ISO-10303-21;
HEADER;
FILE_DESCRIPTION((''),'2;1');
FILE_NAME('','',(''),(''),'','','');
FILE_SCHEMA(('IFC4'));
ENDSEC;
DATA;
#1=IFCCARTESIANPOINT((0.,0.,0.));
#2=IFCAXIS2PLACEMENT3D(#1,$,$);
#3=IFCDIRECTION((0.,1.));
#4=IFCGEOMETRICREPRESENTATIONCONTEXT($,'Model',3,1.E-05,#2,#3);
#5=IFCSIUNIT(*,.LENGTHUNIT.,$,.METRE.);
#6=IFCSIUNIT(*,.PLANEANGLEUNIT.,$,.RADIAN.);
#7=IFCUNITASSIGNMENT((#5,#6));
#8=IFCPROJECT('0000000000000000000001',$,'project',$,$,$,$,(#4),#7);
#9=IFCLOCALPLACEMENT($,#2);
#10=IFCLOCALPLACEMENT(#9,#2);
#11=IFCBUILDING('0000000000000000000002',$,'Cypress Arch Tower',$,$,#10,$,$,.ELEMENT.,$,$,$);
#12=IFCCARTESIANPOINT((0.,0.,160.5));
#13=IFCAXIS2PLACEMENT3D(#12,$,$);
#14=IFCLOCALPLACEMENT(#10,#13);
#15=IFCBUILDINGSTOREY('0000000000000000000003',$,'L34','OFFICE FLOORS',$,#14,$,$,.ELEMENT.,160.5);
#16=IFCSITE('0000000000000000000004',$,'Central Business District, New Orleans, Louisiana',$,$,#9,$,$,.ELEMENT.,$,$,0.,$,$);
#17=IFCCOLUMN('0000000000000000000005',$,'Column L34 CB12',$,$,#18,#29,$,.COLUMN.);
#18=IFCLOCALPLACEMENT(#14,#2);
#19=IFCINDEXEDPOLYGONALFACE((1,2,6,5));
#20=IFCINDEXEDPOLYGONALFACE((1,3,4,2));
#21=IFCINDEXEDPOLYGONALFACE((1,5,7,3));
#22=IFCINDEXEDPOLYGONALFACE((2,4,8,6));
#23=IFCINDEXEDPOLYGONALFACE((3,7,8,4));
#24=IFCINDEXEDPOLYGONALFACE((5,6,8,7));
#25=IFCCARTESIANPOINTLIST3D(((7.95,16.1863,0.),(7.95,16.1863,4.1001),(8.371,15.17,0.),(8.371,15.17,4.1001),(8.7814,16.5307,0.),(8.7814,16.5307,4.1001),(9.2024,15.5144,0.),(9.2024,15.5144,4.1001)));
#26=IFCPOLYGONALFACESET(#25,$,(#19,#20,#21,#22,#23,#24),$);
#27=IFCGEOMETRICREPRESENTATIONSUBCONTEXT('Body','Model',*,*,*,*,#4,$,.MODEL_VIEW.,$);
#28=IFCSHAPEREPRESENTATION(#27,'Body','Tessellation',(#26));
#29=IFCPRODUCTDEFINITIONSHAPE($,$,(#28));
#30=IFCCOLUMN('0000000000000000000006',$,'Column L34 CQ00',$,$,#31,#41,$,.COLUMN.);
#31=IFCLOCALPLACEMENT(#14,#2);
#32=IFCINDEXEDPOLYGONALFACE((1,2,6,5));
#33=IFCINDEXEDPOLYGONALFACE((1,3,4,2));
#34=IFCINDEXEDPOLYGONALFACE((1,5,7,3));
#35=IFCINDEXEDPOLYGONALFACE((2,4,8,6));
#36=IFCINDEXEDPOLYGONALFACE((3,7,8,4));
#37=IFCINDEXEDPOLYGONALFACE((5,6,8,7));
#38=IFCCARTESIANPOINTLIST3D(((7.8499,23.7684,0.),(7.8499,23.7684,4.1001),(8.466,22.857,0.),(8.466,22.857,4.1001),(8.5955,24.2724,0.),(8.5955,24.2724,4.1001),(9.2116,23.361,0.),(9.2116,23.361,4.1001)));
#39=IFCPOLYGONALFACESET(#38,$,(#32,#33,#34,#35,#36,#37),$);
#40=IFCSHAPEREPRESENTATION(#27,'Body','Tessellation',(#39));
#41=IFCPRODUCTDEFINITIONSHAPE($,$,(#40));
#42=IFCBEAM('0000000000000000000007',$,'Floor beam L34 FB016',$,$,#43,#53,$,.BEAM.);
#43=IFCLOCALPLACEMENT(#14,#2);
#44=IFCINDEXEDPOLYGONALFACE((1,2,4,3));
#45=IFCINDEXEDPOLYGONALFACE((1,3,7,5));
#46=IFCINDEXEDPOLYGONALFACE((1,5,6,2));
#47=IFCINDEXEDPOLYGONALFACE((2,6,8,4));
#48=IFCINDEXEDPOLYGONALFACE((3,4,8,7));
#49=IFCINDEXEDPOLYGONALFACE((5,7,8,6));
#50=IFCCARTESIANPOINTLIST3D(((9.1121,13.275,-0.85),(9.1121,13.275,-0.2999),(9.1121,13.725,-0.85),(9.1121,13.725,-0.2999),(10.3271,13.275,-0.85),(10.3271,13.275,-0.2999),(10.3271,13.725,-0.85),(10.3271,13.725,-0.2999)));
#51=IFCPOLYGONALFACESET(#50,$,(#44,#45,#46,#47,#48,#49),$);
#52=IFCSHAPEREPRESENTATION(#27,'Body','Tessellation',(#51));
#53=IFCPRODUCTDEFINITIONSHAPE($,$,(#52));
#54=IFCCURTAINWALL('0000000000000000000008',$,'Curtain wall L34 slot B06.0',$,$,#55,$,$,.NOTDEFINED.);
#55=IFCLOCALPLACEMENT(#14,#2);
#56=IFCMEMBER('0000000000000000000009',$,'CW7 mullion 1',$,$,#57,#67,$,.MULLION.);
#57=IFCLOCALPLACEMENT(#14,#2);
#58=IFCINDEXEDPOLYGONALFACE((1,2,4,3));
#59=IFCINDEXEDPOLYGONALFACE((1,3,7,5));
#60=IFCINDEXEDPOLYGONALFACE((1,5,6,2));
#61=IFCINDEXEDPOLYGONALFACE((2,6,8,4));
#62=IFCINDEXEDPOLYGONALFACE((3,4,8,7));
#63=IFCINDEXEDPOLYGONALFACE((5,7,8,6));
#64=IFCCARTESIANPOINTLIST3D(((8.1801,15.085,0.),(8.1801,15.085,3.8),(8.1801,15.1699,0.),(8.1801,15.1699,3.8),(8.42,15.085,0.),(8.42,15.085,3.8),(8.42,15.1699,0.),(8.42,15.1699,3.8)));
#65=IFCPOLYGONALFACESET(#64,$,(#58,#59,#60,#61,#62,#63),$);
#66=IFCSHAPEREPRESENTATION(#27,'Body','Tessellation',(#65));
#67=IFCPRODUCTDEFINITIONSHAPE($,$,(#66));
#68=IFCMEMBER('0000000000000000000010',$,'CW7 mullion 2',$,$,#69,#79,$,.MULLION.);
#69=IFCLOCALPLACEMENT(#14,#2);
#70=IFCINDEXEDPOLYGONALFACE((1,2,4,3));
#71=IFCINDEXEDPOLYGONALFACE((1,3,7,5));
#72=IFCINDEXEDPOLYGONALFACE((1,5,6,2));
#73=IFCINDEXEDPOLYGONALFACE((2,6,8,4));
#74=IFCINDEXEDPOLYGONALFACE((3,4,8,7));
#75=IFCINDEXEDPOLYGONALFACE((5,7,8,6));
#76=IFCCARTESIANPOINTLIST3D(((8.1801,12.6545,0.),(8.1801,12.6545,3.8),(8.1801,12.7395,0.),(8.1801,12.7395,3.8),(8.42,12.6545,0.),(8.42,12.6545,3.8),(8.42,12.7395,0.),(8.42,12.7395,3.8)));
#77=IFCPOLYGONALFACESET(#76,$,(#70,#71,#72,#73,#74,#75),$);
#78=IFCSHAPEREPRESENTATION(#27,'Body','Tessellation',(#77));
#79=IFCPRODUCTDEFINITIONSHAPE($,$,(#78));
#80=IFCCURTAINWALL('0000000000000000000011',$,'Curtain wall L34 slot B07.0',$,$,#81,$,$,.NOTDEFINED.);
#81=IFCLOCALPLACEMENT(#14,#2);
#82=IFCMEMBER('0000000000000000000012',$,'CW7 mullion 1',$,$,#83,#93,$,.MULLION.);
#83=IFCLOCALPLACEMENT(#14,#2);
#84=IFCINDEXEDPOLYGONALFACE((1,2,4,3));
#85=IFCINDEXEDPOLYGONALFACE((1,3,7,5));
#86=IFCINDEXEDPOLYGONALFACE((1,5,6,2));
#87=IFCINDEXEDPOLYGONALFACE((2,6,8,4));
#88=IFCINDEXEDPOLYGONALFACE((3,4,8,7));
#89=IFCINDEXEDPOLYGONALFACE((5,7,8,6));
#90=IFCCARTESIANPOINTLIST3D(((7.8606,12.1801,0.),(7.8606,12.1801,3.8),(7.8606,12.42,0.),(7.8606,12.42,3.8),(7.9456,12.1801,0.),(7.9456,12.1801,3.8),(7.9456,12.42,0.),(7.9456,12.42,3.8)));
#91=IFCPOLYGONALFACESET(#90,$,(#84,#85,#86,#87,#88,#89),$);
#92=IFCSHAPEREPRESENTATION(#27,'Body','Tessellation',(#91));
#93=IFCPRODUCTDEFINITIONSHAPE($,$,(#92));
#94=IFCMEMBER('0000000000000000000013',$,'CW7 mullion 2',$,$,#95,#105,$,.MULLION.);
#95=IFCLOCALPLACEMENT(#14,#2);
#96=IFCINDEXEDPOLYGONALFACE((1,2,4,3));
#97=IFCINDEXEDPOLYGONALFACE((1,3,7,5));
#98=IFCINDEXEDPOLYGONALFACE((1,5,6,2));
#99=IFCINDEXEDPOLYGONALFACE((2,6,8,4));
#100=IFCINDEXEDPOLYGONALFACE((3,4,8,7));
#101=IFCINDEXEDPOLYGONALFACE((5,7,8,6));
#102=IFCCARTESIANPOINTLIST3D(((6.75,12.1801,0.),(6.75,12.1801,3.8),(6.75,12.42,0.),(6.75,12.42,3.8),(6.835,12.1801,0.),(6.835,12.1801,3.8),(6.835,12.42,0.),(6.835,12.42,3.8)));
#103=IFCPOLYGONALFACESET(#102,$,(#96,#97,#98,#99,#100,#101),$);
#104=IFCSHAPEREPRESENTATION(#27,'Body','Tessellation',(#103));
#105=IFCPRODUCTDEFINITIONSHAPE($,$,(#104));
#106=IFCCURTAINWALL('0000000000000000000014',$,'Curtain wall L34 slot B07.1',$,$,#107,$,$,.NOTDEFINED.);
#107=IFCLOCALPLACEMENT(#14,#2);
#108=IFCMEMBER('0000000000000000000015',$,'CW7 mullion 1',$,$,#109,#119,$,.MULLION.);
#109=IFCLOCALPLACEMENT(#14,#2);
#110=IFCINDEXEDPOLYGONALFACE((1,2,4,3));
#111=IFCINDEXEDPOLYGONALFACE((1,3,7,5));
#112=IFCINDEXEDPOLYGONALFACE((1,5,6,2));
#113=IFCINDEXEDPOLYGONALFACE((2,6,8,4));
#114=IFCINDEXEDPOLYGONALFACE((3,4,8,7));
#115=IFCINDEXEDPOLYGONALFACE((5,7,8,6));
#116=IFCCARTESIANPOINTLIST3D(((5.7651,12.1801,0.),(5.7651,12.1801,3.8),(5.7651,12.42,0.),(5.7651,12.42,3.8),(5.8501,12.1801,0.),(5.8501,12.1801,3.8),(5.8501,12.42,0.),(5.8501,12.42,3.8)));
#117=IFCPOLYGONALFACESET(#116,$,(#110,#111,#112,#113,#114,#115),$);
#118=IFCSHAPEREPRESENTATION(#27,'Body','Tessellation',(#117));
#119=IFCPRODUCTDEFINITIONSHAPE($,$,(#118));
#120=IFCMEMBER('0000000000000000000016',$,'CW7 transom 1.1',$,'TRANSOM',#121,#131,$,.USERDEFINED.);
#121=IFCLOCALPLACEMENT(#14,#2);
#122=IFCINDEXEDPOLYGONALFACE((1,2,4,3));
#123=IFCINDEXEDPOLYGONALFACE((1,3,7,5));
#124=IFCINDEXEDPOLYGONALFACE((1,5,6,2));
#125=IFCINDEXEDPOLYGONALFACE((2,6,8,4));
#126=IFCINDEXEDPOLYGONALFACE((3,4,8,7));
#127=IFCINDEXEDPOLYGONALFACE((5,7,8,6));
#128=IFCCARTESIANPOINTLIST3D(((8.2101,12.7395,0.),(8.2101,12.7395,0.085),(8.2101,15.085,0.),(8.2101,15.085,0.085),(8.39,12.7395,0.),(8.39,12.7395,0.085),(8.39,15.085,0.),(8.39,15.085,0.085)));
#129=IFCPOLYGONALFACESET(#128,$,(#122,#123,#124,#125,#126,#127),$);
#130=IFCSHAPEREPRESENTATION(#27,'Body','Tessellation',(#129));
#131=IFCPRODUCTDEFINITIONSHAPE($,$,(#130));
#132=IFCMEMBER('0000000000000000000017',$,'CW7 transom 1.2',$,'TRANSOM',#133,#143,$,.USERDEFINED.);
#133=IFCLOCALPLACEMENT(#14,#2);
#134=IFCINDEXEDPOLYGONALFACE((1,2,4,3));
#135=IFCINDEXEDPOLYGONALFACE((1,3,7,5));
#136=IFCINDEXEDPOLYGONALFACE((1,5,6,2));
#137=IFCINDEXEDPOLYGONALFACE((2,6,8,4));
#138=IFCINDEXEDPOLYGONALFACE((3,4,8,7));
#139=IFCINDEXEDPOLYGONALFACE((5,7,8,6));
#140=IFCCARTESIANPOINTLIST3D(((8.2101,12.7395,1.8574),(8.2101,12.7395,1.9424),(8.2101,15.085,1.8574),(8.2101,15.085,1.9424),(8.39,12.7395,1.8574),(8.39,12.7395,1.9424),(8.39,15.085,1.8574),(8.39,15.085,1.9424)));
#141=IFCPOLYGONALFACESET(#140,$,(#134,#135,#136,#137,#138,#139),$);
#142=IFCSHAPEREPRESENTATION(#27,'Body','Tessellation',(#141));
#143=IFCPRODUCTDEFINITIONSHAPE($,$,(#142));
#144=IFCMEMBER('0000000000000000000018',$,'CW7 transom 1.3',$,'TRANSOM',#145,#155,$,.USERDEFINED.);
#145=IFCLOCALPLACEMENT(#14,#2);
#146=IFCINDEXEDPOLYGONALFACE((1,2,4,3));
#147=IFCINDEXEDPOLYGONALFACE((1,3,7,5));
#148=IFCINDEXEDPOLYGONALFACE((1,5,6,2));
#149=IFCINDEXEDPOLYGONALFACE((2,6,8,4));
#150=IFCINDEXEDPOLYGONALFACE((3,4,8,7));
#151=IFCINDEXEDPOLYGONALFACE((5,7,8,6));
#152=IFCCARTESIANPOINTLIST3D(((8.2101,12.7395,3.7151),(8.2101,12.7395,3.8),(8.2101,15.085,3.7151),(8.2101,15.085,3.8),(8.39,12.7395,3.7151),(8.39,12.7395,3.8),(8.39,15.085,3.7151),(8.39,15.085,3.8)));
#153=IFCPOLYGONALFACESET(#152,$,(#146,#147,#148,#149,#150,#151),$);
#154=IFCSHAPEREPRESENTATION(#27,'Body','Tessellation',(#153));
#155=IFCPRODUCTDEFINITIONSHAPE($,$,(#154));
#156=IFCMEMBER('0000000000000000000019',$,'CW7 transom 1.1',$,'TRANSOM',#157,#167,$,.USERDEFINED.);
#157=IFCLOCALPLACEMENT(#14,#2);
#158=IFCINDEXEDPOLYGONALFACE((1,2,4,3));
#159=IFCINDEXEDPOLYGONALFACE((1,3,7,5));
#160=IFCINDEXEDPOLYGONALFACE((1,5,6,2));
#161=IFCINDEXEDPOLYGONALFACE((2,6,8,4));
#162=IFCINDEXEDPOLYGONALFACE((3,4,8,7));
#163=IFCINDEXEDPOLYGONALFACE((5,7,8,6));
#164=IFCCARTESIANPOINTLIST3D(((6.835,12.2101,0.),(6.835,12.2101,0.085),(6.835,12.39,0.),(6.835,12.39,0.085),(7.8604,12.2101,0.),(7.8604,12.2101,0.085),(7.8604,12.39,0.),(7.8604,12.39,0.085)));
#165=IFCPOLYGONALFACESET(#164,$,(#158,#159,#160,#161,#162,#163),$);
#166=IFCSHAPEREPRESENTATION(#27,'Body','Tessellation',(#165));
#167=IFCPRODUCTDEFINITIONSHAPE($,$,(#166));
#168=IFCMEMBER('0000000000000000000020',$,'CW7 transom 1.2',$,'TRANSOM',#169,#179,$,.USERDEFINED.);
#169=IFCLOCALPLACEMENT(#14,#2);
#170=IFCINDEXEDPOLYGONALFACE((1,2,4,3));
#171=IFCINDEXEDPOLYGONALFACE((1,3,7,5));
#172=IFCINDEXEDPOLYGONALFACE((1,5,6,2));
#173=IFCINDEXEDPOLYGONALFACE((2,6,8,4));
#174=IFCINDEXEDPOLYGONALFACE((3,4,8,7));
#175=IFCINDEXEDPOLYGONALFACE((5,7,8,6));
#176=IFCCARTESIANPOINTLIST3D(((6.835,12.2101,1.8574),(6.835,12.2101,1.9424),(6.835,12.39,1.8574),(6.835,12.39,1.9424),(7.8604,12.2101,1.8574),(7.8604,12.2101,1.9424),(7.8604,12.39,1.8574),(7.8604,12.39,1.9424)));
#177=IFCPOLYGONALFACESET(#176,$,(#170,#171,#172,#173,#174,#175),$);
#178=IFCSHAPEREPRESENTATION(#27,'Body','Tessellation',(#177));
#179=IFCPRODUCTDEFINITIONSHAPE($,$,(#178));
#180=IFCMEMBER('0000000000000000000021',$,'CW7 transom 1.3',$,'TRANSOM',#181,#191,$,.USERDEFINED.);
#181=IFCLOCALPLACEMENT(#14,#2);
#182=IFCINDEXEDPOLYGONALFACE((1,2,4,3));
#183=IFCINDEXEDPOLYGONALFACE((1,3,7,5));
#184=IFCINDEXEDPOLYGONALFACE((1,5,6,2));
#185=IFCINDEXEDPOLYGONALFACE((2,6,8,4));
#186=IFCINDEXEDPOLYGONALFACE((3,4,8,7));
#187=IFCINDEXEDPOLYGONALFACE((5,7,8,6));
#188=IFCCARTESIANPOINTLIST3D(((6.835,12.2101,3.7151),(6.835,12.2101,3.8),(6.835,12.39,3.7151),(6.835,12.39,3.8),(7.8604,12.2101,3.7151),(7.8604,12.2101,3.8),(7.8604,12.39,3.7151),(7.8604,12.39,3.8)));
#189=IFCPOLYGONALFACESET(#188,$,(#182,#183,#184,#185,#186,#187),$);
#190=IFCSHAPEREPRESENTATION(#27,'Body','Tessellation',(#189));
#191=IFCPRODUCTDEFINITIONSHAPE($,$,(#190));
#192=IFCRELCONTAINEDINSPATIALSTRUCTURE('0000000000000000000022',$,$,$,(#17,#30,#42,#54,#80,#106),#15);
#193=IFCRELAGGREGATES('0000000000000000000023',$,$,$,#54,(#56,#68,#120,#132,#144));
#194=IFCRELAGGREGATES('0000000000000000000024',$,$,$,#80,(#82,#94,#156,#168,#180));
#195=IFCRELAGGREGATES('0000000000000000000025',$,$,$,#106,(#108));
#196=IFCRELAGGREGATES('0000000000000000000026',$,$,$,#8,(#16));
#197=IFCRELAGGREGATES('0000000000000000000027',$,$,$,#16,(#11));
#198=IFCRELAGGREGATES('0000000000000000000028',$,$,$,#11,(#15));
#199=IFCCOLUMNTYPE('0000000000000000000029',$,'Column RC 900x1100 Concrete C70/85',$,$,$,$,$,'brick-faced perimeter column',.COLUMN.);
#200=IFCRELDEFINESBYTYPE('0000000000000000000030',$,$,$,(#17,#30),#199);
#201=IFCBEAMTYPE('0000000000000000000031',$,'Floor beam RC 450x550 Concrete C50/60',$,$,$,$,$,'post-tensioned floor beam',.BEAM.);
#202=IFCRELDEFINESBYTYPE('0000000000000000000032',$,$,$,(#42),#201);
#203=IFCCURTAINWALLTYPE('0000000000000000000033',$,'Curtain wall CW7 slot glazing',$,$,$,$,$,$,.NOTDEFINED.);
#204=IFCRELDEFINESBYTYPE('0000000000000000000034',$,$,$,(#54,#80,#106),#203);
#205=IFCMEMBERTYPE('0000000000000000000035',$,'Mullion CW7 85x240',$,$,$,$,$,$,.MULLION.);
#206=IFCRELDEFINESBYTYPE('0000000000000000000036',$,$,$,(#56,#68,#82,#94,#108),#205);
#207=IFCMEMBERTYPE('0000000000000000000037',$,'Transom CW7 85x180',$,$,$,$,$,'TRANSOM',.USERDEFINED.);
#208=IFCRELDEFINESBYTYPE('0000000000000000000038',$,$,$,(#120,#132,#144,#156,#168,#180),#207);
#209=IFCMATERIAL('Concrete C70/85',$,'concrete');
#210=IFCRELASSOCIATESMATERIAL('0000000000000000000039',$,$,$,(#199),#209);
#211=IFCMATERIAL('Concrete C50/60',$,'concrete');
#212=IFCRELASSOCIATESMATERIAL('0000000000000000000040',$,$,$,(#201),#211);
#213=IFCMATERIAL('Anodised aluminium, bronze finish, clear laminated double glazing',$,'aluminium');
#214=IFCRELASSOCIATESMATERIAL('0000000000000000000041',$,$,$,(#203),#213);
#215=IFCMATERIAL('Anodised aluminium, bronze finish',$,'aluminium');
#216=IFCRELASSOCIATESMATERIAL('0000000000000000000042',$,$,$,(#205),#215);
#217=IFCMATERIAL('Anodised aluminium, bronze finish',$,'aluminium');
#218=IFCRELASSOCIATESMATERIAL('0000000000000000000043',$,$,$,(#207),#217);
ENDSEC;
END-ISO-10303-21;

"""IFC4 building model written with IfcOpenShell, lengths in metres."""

from ifc_helpers import new_model, si_unit, direction, frame, origin, origin_2d, place, context, subcontext, project, spatial, rectangle, extrude, material, material_profile, profile_set, type_object, element, aggregate, save


model = new_model("IFC4")

# Units and contexts
model_context = context("Model", 3, precision=1e-05, world=origin(), true_north=direction((0.0, 1.0)))
body_context = subcontext(model_context, "Body", "Model", "MODEL_VIEW")
ifc_project = project(units=[si_unit("LENGTHUNIT", "METRE"), si_unit("PLANEANGLEUNIT", "RADIAN")], contexts=[model_context])

# Site, building, storey
site_placement = place(None, origin())
site = spatial("IfcSite", under=ifc_project, at=site_placement, Name="Central Business District, New Orleans, Louisiana", CompositionType="ELEMENT", RefElevation=0.0)
building_placement = place(site_placement, origin())
building = spatial("IfcBuilding", under=site, at=building_placement, Name="Cypress Arch Tower", CompositionType="ELEMENT")
storey_placement = place(building_placement, frame((0.0, 0.0, 160.5)))
storey = spatial("IfcBuildingStorey", under=building, at=storey_placement, Name="L34", Description="OFFICE FLOORS", CompositionType="ELEMENT", Elevation=160.5)

# Columns
ifc_material_1 = material(Name="Concrete C70/85", Category="concrete")
ifc_material_profile_1 = material_profile(ifc_material_1, rectangle(XDim=0.8999, YDim=1.1001, at=origin_2d()), Name="RC 900x1100")
ifc_profile_set_1 = profile_set([ifc_material_profile_1], Name="Concrete C70/85")
column_type = type_object("IfcColumnType", Name="Column RC 900x1100 Concrete C70/85", ElementType="brick-faced perimeter column", PredefinedType="COLUMN", material=ifc_profile_set_1)
for number, where, z_axis, x_axis, name in (
    (1, (8.5762, 15.8503, 0.0), (0.0, 0.0, 1.0), (-0.92388, -0.382683, 0.0), "Column L34 CB12"),
    (2, (8.5308, 23.5647, 0.0), (0.0, 0.0, 1.0), (-0.82847, -0.560034, 0.0), "Column L34 CQ00"),
):
    element("IfcColumn", number, at=place(storey_placement, frame(where, z_axis=z_axis, x_axis=x_axis)), inside=storey, type_object=column_type, Name=name, PredefinedType="COLUMN", context=body_context, shape_type="SweptSolid", body=[
        extrude(rectangle(XDim=0.8999, YDim=1.1001, at=origin_2d()), origin(), (0.0, 0.0, 1.0), 4.1001),
    ])

# Beam
ifc_material_2 = material(Name="Concrete C50/60", Category="concrete")
ifc_material_profile_2 = material_profile(ifc_material_2, rectangle(XDim=0.45, YDim=0.55, at=origin_2d()), Name="RC 450x550")
ifc_profile_set_2 = profile_set([ifc_material_profile_2], Name="Concrete C50/60")
beam_type = type_object("IfcBeamType", Name="Floor beam RC 450x550 Concrete C50/60", ElementType="post-tensioned floor beam", PredefinedType="BEAM", material=ifc_profile_set_2)
beam_placement = place(storey_placement, frame((9.1121, 13.5, -0.575), z_axis=(1.0, 0.0, 0.0), x_axis=(0.0, 1.0, 0.0)))
element("IfcBeam", 3, at=beam_placement, inside=storey, type_object=beam_type, Name="Floor beam L34 FB016", PredefinedType="BEAM", context=body_context, shape_type="SweptSolid", body=[
    extrude(rectangle(XDim=0.45, YDim=0.55, at=origin_2d()), origin(), (0.0, 0.0, 1.0), 1.2151),
])

# Curtain walls, members
ifc_material_3 = material(Name="Anodised aluminium, bronze finish, clear laminated double glazing", Category="aluminium")
curtain_wall_type = type_object("IfcCurtainWallType", Name="Curtain wall CW7 slot glazing", PredefinedType="NOTDEFINED", material=ifc_material_3)
curtain_wall_1_placement = place(storey_placement, origin())
curtain_wall_1 = element("IfcCurtainWall", 4, at=curtain_wall_1_placement, inside=storey, type_object=curtain_wall_type, Name="Curtain wall L34 slot B06.0", PredefinedType="NOTDEFINED")
ifc_material_4 = material(Name="Anodised aluminium, bronze finish", Category="aluminium")
ifc_material_profile_3 = material_profile(ifc_material_4, rectangle(XDim=0.24, YDim=0.085, at=origin_2d()), Name="Mullion 85x240")
ifc_profile_set_3 = profile_set([ifc_material_profile_3], Name="Anodised aluminium, bronze finish")
member_type_1 = type_object("IfcMemberType", Name="Mullion CW7 85x240", PredefinedType="MULLION", material=ifc_profile_set_3)
member_1_placement = place(storey_placement, frame((8.3, 15.1274, 0.0), z_axis=(0.0, 0.0, 1.0), x_axis=(1.0, 0.0, 0.0)))
member_1 = element("IfcMember", 5, at=member_1_placement, type_object=member_type_1, Name="CW7 mullion 1", PredefinedType="MULLION", context=body_context, shape_type="SweptSolid", body=[
    extrude(rectangle(XDim=0.24, YDim=0.085, at=origin_2d()), origin(), (0.0, 0.0, 1.0), 3.8),
])
member_2_placement = place(storey_placement, frame((8.3, 12.697, 0.0), z_axis=(0.0, 0.0, 1.0), x_axis=(1.0, 0.0, 0.0)))
member_2 = element("IfcMember", 6, at=member_2_placement, type_object=member_type_1, Name="CW7 mullion 2", PredefinedType="MULLION", context=body_context, shape_type="SweptSolid", body=[
    extrude(rectangle(XDim=0.24, YDim=0.085, at=origin_2d()), origin(), (0.0, 0.0, 1.0), 3.8),
])
curtain_wall_2_placement = place(storey_placement, origin())
curtain_wall_2 = element("IfcCurtainWall", 7, at=curtain_wall_2_placement, inside=storey, type_object=curtain_wall_type, Name="Curtain wall L34 slot B07.0", PredefinedType="NOTDEFINED")
member_3_placement = place(storey_placement, frame((7.9031, 12.3, 0.0), z_axis=(0.0, 0.0, 1.0), x_axis=(0.0, -1.0, 0.0)))
member_3 = element("IfcMember", 8, at=member_3_placement, type_object=member_type_1, Name="CW7 mullion 1", PredefinedType="MULLION", context=body_context, shape_type="SweptSolid", body=[
    extrude(rectangle(XDim=0.24, YDim=0.085, at=origin_2d()), origin(), (0.0, 0.0, 1.0), 3.8),
])
member_4_placement = place(storey_placement, frame((6.7925, 12.3, 0.0), z_axis=(0.0, 0.0, 1.0), x_axis=(0.0, -1.0, 0.0)))
member_4 = element("IfcMember", 9, at=member_4_placement, type_object=member_type_1, Name="CW7 mullion 2", PredefinedType="MULLION", context=body_context, shape_type="SweptSolid", body=[
    extrude(rectangle(XDim=0.24, YDim=0.085, at=origin_2d()), origin(), (0.0, 0.0, 1.0), 3.8),
])

# Curtain wall, member
curtain_wall_3_placement = place(storey_placement, origin())
curtain_wall_3 = element("IfcCurtainWall", 10, at=curtain_wall_3_placement, inside=storey, type_object=curtain_wall_type, Name="Curtain wall L34 slot B07.1", PredefinedType="NOTDEFINED")
member_5_placement = place(storey_placement, frame((5.8076, 12.3, 0.0), z_axis=(0.0, 0.0, 1.0), x_axis=(0.0, -1.0, 0.0)))
member_5 = element("IfcMember", 11, at=member_5_placement, type_object=member_type_1, Name="CW7 mullion 1", PredefinedType="MULLION", context=body_context, shape_type="SweptSolid", body=[
    extrude(rectangle(XDim=0.24, YDim=0.085, at=origin_2d()), origin(), (0.0, 0.0, 1.0), 3.8),
])

# Members
ifc_material_5 = material(Name="Anodised aluminium, bronze finish", Category="aluminium")
ifc_material_profile_4 = material_profile(ifc_material_5, rectangle(XDim=0.1799, YDim=0.085, at=origin_2d()), Name="Transom 85x180")
ifc_profile_set_4 = profile_set([ifc_material_profile_4], Name="Anodised aluminium, bronze finish")
member_type_2 = type_object("IfcMemberType", Name="Transom CW7 85x180", ElementType="TRANSOM", PredefinedType="USERDEFINED", material=ifc_profile_set_4)
member_6_placement = place(storey_placement, frame((8.3, 15.085, 0.0425), z_axis=(0.0, -1.0, 0.0), x_axis=(1.0, 0.0, 0.0)))
member_6 = element("IfcMember", 12, at=member_6_placement, type_object=member_type_2, Name="CW7 transom 1.1", ObjectType="TRANSOM", PredefinedType="USERDEFINED", context=body_context, shape_type="SweptSolid", body=[
    extrude(rectangle(XDim=0.1799, YDim=0.085, at=origin_2d()), origin(), (0.0, 0.0, 1.0), 2.3455),
])
member_7_placement = place(storey_placement, frame((8.3, 15.085, 1.8999), z_axis=(0.0, -1.0, 0.0), x_axis=(1.0, 0.0, 0.0)))
member_7 = element("IfcMember", 13, at=member_7_placement, type_object=member_type_2, Name="CW7 transom 1.2", ObjectType="TRANSOM", PredefinedType="USERDEFINED", context=body_context, shape_type="SweptSolid", body=[
    extrude(rectangle(XDim=0.1799, YDim=0.085, at=origin_2d()), origin(), (0.0, 0.0, 1.0), 2.3455),
])
member_8_placement = place(storey_placement, frame((8.3, 15.085, 3.7576), z_axis=(0.0, -1.0, 0.0), x_axis=(1.0, 0.0, 0.0)))
member_8 = element("IfcMember", 14, at=member_8_placement, type_object=member_type_2, Name="CW7 transom 1.3", ObjectType="TRANSOM", PredefinedType="USERDEFINED", context=body_context, shape_type="SweptSolid", body=[
    extrude(rectangle(XDim=0.1799, YDim=0.085, at=origin_2d()), origin(), (0.0, 0.0, 1.0), 2.3455),
])
member_9_placement = place(storey_placement, frame((7.8604, 12.3, 0.0425), z_axis=(-1.0, 0.0, 0.0), x_axis=(0.0, -1.0, 0.0)))
member_9 = element("IfcMember", 15, at=member_9_placement, type_object=member_type_2, Name="CW7 transom 1.1", ObjectType="TRANSOM", PredefinedType="USERDEFINED", context=body_context, shape_type="SweptSolid", body=[
    extrude(rectangle(XDim=0.1799, YDim=0.085, at=origin_2d()), origin(), (0.0, 0.0, 1.0), 1.0254),
])
member_10_placement = place(storey_placement, frame((7.8604, 12.3, 1.8999), z_axis=(-1.0, 0.0, 0.0), x_axis=(0.0, -1.0, 0.0)))
member_10 = element("IfcMember", 16, at=member_10_placement, type_object=member_type_2, Name="CW7 transom 1.2", ObjectType="TRANSOM", PredefinedType="USERDEFINED", context=body_context, shape_type="SweptSolid", body=[
    extrude(rectangle(XDim=0.1799, YDim=0.085, at=origin_2d()), origin(), (0.0, 0.0, 1.0), 1.0254),
])
member_11_placement = place(storey_placement, frame((7.8604, 12.3, 3.7576), z_axis=(-1.0, 0.0, 0.0), x_axis=(0.0, -1.0, 0.0)))
member_11 = element("IfcMember", 17, at=member_11_placement, type_object=member_type_2, Name="CW7 transom 1.3", ObjectType="TRANSOM", PredefinedType="USERDEFINED", context=body_context, shape_type="SweptSolid", body=[
    extrude(rectangle(XDim=0.1799, YDim=0.085, at=origin_2d()), origin(), (0.0, 0.0, 1.0), 1.0254),
])

aggregate(curtain_wall_1, [member_1, member_2, member_6, member_7, member_8])
aggregate(curtain_wall_2, [member_3, member_4, member_9, member_10, member_11])
aggregate(curtain_wall_3, [member_5])

save(model, "model.ifc")
